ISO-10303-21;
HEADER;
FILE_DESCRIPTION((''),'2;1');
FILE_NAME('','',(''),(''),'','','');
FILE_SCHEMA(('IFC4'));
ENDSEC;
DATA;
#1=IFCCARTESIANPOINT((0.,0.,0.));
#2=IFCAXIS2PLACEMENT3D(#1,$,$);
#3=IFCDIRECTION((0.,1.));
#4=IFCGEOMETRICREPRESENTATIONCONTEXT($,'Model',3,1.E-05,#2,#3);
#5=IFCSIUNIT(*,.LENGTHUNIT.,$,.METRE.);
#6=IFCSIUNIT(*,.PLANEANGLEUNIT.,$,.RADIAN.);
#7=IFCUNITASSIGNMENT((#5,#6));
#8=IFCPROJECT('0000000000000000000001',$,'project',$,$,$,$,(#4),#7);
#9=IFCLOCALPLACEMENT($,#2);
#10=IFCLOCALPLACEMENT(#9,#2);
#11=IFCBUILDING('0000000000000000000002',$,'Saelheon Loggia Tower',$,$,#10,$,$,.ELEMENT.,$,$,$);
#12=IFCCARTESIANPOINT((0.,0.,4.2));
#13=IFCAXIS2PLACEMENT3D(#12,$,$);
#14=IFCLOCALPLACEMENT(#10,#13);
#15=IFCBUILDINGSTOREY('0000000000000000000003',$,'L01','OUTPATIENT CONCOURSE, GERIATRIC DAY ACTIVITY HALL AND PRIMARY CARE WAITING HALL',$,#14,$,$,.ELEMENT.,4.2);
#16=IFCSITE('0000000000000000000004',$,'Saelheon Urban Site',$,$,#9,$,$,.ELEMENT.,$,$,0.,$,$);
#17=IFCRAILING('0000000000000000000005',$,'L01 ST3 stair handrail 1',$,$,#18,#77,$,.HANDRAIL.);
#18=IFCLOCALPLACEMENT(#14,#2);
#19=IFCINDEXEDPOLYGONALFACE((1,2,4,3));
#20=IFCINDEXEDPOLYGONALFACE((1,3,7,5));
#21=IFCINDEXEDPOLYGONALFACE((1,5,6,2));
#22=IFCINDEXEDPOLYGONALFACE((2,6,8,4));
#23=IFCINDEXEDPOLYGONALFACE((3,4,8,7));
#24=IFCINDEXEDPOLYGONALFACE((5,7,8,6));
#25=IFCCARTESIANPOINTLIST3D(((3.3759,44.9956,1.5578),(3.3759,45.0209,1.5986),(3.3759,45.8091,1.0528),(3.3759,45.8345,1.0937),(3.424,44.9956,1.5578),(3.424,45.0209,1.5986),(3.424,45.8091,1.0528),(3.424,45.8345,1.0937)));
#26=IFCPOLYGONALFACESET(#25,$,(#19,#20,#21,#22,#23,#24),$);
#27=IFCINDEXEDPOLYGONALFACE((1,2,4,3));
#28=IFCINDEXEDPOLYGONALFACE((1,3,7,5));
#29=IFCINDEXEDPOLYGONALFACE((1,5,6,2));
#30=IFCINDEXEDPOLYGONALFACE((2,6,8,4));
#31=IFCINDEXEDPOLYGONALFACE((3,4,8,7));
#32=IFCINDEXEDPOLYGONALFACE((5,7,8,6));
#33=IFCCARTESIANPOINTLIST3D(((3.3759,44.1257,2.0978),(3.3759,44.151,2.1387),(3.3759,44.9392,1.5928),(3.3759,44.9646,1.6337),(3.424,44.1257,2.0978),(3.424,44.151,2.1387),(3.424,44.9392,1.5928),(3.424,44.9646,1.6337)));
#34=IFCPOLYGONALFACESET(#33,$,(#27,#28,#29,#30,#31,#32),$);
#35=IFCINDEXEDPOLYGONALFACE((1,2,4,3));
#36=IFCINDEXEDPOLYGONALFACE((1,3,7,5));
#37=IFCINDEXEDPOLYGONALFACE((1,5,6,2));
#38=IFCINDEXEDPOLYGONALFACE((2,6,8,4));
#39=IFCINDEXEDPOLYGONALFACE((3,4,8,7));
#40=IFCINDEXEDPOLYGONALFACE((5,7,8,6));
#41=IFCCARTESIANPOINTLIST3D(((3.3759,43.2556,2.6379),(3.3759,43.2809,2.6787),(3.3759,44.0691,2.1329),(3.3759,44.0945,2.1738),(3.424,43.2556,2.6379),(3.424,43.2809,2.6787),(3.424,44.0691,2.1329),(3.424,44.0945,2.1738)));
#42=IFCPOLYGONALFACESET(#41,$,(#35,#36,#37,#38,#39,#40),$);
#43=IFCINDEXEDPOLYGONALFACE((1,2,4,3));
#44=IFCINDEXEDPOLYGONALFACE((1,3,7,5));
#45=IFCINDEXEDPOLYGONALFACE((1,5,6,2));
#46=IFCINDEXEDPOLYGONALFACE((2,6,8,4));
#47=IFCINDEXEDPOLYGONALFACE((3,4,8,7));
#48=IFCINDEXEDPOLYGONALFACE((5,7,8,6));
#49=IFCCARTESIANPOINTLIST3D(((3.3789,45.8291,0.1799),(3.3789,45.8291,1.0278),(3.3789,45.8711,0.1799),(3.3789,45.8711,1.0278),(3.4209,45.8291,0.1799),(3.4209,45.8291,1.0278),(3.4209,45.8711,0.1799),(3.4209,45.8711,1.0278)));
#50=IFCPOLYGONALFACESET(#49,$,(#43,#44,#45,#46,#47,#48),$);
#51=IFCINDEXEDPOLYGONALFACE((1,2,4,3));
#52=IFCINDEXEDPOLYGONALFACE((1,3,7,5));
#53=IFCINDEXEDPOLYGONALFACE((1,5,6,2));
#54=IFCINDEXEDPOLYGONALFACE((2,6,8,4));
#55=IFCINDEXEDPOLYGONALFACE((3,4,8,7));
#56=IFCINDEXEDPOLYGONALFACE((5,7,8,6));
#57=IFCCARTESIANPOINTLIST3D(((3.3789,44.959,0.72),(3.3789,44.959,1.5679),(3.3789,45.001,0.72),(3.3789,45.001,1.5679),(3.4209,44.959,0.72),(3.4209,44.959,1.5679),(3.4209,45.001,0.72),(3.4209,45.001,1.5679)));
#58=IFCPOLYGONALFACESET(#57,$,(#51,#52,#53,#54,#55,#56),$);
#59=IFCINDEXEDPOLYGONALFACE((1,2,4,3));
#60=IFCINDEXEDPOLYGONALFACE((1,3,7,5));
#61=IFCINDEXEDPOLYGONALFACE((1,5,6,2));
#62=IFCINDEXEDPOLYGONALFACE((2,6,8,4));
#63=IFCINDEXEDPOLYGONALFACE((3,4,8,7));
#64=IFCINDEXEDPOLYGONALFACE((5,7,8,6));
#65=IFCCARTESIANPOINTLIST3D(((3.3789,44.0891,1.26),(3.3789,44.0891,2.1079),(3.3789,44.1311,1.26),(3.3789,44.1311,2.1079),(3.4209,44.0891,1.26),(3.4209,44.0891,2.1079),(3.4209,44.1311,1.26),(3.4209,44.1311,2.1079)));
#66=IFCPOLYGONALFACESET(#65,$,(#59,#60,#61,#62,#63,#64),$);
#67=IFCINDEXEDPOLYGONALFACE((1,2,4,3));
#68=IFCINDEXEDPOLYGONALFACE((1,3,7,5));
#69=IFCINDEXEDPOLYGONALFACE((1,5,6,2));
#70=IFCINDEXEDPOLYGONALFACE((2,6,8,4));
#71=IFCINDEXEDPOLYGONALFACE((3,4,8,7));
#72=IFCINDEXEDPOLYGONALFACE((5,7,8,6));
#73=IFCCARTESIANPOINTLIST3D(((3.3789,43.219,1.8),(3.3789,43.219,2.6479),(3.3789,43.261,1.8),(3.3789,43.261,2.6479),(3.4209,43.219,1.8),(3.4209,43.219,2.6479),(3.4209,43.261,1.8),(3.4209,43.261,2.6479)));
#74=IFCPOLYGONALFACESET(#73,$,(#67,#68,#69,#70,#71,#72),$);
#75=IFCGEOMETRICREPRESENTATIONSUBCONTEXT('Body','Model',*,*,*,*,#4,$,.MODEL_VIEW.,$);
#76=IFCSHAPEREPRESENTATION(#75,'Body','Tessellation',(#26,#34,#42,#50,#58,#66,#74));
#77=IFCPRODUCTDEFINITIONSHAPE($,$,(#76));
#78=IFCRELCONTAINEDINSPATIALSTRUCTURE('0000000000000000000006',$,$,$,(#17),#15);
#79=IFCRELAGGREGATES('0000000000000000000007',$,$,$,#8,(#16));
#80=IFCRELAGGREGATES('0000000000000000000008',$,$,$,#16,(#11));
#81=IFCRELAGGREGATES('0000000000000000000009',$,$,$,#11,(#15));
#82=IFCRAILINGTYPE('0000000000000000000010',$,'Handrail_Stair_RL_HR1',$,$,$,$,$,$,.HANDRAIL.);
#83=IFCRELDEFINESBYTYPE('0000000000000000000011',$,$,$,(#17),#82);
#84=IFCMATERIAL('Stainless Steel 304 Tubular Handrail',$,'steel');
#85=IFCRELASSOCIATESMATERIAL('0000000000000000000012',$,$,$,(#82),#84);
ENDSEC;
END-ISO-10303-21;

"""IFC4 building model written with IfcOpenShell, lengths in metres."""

from ifc_helpers import new_model, si_unit, direction, frame, origin, origin_2d, place, context, subcontext, project, spatial, rectangle, extrude, material, type_object, element, save


model = new_model("IFC4")

# Units and contexts
model_context = context("Model", 3, precision=1e-05, world=origin(), true_north=direction((0.0, 1.0)))
body_context = subcontext(model_context, "Body", "Model", "MODEL_VIEW")
ifc_project = project(units=[si_unit("LENGTHUNIT", "METRE"), si_unit("PLANEANGLEUNIT", "RADIAN")], contexts=[model_context])

# Site, building, storey
site_placement = place(None, origin())
site = spatial("IfcSite", under=ifc_project, at=site_placement, Name="Saelheon Urban Site", CompositionType="ELEMENT", RefElevation=0.0)
building_placement = place(site_placement, origin())
building = spatial("IfcBuilding", under=site, at=building_placement, Name="Saelheon Loggia Tower", CompositionType="ELEMENT")
storey_placement = place(building_placement, frame((0.0, 0.0, 4.2)))
storey = spatial("IfcBuildingStorey", under=building, at=storey_placement, Name="L01", Description="OUTPATIENT CONCOURSE, GERIATRIC DAY ACTIVITY HALL AND PRIMARY CARE WAITING HALL", CompositionType="ELEMENT", Elevation=4.2)

# Railing
ifc_material_1 = material(Name="Stainless Steel 304 Tubular Handrail", Category="steel")
railing_type_1 = type_object("IfcRailingType", Name="Handrail_Stair_RL_HR1", PredefinedType="HANDRAIL", material=ifc_material_1)
railing_1_placement = place(storey_placement, frame((3.3999, 45.8501, 0.1799)))
element("IfcRailing", 1, at=railing_1_placement, inside=storey, type_object=railing_type_1, Name="L01 ST3 stair handrail 1", PredefinedType="HANDRAIL", context=body_context, shape_type="SweptSolid", body=[
    extrude(rectangle(XDim=0.0481, YDim=0.0481, at=origin_2d()), frame((0.0, -0.0283, 0.8933), z_axis=(0.0, -0.849633, 0.527375), x_axis=(1.0, 0.0, 0.0)), (0.0, 0.0, 1.0), 0.9575),
    extrude(rectangle(XDim=0.0481, YDim=0.0481, at=origin_2d()), frame((0.0, -0.8982, 1.4333), z_axis=(0.0, -0.849633, 0.527375), x_axis=(1.0, 0.0, 0.0)), (0.0, 0.0, 1.0), 0.9575),
    extrude(rectangle(XDim=0.0481, YDim=0.0481, at=origin_2d()), frame((0.0, -1.7683, 1.9734), z_axis=(0.0, -0.849633, 0.527375), x_axis=(1.0, 0.0, 0.0)), (0.0, 0.0, 1.0), 0.9575),
    extrude(rectangle(XDim=0.042, YDim=0.042, at=origin_2d()), origin(), (0.0, 0.0, 1.0), 0.8479),
    extrude(rectangle(XDim=0.042, YDim=0.042, at=origin_2d()), frame((0.0, -0.8701, 0.54)), (0.0, 0.0, 1.0), 0.8479),
    extrude(rectangle(XDim=0.042, YDim=0.042, at=origin_2d()), frame((0.0, -1.74, 1.0801)), (0.0, 0.0, 1.0), 0.8479),
    extrude(rectangle(XDim=0.042, YDim=0.042, at=origin_2d()), frame((0.0, -2.6101, 1.6201)), (0.0, 0.0, 1.0), 0.8479),
])

save(model, "model.ifc")
